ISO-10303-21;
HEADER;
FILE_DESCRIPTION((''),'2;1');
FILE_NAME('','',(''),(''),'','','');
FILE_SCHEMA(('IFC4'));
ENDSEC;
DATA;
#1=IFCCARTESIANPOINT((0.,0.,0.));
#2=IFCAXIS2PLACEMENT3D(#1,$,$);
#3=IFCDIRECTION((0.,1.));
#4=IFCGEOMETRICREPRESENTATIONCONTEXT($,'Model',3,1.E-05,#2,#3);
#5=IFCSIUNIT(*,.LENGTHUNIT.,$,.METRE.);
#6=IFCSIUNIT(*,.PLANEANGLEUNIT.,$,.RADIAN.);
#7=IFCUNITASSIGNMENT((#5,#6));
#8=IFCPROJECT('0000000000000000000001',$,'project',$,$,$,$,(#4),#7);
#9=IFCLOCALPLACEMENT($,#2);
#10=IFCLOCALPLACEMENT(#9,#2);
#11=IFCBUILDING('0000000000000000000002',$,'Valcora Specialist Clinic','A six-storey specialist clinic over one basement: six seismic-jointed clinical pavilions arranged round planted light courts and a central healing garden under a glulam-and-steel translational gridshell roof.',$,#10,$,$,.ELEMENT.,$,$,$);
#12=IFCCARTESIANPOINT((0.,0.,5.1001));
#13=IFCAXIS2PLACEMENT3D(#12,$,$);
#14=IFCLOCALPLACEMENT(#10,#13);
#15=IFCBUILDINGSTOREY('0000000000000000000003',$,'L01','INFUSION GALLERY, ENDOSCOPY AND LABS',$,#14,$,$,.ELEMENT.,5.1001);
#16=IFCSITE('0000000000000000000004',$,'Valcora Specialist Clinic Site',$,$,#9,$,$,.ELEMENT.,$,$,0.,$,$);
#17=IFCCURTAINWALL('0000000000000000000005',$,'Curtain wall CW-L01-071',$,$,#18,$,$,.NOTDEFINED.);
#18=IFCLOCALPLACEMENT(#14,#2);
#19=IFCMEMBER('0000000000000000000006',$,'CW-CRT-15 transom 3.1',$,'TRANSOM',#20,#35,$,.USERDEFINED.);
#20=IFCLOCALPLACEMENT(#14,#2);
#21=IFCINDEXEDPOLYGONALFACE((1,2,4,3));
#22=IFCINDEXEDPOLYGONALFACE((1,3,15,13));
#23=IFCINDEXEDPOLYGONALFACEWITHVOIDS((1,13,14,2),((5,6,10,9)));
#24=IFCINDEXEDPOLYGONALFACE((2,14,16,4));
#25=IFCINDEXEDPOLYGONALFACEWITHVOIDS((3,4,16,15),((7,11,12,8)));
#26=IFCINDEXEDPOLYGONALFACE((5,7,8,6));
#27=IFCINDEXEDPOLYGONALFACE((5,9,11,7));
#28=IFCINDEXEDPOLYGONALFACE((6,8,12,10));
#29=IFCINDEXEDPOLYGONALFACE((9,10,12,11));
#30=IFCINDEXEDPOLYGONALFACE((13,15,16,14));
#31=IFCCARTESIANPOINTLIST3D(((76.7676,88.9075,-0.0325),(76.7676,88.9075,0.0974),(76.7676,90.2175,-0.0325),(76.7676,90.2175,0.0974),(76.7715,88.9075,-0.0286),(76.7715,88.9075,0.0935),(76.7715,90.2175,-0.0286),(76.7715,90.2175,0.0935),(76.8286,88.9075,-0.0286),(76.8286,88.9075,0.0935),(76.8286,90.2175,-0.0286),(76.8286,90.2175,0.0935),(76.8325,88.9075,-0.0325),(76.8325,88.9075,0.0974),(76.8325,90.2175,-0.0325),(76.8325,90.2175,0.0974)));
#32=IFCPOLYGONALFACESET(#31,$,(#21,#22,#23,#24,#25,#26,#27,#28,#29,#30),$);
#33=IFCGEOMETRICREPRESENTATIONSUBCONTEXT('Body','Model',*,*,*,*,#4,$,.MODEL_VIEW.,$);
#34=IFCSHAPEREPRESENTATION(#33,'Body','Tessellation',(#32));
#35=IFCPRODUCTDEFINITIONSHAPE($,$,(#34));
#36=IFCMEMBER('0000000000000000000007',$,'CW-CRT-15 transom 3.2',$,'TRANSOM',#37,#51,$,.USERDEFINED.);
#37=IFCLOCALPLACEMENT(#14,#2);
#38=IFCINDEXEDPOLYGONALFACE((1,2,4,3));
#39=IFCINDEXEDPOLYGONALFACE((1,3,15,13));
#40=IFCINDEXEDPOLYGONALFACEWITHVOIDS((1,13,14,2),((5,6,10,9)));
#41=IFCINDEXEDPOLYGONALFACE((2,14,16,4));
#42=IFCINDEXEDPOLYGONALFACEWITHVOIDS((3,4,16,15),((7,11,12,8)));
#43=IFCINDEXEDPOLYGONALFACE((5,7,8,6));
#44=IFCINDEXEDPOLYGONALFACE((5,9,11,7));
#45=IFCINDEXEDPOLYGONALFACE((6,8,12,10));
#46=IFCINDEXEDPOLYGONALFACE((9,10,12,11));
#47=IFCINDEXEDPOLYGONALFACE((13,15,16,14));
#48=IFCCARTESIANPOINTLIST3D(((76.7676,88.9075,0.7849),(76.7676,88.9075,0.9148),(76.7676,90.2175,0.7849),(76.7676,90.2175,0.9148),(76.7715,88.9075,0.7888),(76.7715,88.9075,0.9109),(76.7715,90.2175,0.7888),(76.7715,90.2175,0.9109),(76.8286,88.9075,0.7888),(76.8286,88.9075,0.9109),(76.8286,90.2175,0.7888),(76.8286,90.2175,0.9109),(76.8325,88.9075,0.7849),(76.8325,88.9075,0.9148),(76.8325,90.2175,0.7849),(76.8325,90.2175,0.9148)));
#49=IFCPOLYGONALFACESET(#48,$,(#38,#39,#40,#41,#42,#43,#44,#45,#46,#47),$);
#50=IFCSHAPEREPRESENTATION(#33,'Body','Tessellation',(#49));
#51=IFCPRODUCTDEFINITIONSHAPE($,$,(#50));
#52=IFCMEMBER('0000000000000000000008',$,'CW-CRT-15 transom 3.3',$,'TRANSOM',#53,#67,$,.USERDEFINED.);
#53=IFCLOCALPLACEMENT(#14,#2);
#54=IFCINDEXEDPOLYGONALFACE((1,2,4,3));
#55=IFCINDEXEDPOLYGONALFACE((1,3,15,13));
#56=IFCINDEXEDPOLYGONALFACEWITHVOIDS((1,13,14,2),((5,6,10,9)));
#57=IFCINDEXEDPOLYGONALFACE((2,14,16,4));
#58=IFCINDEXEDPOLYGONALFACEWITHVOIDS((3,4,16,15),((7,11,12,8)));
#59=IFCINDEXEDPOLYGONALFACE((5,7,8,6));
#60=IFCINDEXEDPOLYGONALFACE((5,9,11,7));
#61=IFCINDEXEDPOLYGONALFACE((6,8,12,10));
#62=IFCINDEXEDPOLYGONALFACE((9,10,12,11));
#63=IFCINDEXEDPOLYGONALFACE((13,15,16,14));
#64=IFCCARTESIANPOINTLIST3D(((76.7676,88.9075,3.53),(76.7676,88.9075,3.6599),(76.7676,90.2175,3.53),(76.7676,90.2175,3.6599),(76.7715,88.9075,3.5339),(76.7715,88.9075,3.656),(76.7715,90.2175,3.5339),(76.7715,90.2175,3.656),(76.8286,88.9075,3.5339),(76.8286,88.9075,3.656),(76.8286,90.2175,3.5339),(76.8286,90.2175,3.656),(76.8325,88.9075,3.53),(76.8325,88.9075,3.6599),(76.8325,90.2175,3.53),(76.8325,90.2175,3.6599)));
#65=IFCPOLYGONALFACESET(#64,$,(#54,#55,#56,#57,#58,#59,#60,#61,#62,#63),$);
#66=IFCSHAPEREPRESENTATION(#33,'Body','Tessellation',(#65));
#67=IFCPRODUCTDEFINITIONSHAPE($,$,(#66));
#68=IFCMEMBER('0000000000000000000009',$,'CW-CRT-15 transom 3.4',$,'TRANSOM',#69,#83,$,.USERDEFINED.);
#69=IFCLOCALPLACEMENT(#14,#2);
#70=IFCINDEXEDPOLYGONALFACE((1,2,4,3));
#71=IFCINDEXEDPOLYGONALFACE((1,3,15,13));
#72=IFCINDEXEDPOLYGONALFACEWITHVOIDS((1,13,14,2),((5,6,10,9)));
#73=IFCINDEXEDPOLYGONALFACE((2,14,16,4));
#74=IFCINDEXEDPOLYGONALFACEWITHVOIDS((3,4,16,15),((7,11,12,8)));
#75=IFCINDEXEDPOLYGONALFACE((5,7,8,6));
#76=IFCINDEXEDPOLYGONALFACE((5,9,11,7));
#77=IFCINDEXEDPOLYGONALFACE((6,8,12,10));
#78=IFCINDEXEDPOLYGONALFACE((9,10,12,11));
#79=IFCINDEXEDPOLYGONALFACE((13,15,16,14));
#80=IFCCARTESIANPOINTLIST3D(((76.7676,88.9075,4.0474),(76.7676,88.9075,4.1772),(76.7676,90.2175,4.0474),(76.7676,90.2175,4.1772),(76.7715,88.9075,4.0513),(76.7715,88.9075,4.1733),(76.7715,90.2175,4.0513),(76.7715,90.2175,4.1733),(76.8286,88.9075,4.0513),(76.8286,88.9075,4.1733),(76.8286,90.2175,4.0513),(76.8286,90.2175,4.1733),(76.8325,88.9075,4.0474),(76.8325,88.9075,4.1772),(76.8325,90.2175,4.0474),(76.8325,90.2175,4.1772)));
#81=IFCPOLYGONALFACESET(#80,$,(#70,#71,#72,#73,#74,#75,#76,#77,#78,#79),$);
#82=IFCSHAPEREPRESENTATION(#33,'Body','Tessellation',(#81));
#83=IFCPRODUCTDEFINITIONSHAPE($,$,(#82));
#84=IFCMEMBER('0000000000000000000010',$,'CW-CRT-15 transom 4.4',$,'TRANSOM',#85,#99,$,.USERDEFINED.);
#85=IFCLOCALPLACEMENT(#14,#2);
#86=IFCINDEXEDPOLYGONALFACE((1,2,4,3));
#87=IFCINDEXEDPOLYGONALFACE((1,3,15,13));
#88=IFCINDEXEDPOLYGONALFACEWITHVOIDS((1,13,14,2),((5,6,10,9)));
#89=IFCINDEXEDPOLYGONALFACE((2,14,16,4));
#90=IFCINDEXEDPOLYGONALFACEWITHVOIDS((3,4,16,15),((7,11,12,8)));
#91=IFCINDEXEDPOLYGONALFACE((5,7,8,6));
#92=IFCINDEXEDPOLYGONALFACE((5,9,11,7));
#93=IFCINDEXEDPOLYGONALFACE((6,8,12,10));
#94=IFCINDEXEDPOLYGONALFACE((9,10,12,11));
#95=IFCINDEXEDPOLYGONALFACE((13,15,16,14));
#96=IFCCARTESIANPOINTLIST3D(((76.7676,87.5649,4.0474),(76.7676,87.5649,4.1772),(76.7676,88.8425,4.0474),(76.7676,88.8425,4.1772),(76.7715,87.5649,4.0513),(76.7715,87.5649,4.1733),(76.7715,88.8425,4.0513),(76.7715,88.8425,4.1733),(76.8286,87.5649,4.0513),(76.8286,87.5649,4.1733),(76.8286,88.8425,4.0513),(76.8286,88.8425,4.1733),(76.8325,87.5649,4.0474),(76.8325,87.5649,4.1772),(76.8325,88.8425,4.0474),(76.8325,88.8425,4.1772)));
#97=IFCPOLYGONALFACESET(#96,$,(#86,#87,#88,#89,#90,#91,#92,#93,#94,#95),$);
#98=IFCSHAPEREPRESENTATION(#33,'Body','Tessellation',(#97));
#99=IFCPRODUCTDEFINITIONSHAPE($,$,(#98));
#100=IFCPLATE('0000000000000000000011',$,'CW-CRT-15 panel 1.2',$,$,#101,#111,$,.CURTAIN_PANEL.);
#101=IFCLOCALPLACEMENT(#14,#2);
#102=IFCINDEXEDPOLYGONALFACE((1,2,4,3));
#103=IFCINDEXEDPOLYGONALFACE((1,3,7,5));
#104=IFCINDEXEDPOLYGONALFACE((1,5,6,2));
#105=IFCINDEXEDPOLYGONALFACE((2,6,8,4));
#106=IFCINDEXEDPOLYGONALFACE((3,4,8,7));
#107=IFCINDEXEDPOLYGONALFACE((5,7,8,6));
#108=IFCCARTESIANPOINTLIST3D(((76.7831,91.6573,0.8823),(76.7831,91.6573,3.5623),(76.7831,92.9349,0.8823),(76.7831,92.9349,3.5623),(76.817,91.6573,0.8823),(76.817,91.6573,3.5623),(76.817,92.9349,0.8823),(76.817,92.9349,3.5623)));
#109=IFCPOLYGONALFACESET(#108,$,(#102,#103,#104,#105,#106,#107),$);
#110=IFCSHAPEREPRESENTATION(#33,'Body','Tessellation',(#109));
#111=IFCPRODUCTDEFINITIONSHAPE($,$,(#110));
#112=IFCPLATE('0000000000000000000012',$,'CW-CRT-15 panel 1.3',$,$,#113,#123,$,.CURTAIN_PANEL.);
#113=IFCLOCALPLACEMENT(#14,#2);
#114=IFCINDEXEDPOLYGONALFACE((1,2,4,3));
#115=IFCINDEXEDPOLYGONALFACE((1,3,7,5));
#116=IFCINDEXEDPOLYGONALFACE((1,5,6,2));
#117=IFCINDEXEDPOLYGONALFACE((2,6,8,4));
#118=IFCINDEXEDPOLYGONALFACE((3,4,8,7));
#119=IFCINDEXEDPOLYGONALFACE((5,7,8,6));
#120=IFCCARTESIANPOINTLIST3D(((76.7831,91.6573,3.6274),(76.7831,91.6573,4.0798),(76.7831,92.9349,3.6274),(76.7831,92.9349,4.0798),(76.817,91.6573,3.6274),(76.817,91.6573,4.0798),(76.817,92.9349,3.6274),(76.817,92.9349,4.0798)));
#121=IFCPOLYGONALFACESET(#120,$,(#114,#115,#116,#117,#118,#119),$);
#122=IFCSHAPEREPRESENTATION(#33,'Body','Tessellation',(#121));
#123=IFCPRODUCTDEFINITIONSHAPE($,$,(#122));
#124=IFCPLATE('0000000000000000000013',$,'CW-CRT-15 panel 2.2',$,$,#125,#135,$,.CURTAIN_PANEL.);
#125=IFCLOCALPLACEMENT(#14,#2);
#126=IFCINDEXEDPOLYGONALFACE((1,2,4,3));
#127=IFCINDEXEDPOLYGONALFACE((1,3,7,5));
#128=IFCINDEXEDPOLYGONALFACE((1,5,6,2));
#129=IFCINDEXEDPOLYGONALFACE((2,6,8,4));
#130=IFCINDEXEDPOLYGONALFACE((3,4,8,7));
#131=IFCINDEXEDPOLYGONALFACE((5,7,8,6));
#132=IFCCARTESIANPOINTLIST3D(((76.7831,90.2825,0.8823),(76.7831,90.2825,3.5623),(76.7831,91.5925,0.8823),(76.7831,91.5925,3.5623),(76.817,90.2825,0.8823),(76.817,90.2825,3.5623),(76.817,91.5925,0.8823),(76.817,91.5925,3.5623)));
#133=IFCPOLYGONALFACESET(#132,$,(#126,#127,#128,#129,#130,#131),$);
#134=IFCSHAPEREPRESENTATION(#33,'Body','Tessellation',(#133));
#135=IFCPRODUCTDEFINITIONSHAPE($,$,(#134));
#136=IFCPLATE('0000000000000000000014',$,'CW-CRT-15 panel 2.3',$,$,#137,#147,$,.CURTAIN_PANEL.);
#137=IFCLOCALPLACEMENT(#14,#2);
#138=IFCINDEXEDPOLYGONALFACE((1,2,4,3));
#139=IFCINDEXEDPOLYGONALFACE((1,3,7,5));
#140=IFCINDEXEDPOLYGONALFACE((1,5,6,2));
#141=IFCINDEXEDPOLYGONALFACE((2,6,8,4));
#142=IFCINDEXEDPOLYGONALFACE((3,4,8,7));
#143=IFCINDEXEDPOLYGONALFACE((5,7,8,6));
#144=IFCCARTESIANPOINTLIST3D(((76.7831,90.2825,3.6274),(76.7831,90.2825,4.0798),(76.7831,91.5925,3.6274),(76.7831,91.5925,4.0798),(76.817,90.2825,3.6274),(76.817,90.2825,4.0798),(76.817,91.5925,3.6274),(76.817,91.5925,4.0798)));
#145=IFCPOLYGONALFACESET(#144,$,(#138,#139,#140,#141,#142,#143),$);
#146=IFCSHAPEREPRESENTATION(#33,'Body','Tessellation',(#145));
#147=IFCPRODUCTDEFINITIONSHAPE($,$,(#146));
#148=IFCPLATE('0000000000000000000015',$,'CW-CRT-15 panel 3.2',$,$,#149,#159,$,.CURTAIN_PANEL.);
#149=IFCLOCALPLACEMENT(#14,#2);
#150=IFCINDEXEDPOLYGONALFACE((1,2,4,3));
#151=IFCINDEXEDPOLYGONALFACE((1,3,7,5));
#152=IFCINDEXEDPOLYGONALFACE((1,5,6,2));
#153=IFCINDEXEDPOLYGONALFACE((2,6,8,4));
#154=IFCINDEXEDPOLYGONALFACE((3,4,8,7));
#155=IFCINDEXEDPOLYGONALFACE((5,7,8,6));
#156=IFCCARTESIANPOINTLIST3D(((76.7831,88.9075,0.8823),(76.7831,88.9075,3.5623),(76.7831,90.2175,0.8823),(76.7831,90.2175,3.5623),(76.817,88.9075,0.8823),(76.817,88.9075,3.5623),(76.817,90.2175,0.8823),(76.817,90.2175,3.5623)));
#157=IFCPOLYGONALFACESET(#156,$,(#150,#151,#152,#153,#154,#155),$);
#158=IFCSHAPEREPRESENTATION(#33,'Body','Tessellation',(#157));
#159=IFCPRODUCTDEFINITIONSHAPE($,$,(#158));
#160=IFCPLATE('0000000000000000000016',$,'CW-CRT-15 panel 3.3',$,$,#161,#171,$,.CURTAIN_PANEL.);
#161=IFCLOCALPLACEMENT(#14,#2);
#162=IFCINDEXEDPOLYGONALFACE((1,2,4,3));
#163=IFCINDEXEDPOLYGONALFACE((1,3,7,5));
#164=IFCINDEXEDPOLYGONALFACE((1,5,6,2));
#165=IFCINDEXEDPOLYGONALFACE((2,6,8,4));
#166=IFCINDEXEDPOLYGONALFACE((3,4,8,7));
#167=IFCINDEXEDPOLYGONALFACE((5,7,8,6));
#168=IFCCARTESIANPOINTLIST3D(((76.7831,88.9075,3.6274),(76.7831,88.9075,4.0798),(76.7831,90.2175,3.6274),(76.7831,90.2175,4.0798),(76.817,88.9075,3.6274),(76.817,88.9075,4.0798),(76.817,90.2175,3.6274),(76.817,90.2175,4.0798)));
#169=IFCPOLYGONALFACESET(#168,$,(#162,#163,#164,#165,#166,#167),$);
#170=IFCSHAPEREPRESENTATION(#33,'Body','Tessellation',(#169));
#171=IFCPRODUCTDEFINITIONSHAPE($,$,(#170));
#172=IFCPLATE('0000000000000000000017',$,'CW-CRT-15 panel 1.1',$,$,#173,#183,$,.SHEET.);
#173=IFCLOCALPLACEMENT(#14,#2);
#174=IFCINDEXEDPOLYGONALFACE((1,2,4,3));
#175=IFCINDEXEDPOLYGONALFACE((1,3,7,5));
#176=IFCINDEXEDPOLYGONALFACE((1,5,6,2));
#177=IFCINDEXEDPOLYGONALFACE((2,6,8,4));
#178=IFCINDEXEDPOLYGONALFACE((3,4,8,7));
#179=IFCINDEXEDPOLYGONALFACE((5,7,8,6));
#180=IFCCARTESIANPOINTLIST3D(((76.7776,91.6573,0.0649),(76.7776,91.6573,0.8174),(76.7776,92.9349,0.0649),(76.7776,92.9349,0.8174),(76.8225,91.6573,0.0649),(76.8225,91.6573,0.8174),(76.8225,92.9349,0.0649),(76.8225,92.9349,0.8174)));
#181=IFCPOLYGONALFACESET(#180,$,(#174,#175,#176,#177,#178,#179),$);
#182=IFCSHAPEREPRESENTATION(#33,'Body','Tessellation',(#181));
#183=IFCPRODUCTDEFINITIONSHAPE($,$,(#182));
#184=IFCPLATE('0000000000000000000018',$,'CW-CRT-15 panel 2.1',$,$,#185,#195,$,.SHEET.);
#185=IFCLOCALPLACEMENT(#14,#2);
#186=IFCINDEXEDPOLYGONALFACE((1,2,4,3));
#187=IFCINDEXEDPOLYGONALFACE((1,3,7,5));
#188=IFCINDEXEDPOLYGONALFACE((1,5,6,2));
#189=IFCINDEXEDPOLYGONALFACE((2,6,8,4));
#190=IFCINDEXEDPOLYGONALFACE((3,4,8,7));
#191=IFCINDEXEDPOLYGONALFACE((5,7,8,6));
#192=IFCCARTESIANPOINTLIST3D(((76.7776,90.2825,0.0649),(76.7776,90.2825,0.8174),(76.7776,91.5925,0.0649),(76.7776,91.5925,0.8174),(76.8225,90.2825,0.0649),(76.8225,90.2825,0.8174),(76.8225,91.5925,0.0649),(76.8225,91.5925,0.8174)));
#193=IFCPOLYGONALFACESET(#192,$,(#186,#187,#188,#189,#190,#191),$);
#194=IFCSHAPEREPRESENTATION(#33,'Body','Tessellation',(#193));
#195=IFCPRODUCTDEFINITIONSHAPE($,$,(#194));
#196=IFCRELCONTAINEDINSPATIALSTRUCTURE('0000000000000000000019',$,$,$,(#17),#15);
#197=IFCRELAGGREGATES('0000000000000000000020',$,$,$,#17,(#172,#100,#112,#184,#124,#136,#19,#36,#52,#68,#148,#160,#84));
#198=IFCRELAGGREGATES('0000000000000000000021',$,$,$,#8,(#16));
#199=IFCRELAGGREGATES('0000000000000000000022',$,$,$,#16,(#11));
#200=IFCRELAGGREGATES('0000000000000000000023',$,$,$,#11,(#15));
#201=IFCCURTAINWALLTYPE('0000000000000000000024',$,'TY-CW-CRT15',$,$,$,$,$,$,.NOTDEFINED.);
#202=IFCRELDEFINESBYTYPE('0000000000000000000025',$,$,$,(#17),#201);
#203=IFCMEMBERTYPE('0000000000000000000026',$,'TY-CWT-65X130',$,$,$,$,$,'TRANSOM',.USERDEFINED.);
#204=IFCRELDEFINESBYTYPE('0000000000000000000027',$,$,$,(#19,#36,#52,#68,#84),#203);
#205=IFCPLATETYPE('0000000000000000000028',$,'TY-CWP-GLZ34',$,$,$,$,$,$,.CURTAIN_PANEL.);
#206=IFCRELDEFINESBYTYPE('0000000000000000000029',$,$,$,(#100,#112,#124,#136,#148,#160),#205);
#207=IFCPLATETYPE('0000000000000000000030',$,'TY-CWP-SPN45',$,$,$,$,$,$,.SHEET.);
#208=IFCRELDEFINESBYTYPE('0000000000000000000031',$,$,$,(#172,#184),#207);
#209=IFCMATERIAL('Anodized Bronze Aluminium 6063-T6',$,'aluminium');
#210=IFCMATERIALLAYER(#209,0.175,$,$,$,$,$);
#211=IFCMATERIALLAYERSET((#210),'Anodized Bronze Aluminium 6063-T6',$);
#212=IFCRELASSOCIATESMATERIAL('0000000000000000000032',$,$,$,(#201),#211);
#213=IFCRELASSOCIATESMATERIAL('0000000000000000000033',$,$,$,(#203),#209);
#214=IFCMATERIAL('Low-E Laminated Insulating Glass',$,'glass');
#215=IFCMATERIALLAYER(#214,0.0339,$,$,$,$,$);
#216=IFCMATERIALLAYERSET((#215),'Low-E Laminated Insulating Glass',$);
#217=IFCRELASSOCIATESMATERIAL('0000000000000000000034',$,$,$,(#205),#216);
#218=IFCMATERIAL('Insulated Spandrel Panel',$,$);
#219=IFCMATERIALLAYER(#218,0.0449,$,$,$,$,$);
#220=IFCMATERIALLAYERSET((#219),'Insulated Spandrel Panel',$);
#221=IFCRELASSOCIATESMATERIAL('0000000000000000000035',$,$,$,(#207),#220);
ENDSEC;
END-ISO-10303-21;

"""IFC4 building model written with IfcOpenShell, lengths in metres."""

from ifc_helpers import new_model, si_unit, direction, frame, origin, origin_2d, place, context, subcontext, project, spatial, rectangle, hollow_rectangle, extrude, material, layer, layer_set, material_profile, profile_set, type_object, element, aggregate, save


model = new_model("IFC4")

# Units and contexts
model_context = context("Model", 3, precision=1e-05, world=origin(), true_north=direction((0.0, 1.0)))
body_context = subcontext(model_context, "Body", "Model", "MODEL_VIEW")
ifc_project = project(units=[si_unit("LENGTHUNIT", "METRE"), si_unit("PLANEANGLEUNIT", "RADIAN")], contexts=[model_context])

# Site, building, storey
site_placement = place(None, origin())
site = spatial("IfcSite", under=ifc_project, at=site_placement, Name="Valcora Specialist Clinic Site", CompositionType="ELEMENT", RefElevation=0.0)
building_placement = place(site_placement, origin())
building = spatial("IfcBuilding", under=site, at=building_placement, Name="Valcora Specialist Clinic", Description="A six-storey specialist clinic over one basement: six seismic-jointed clinical pavilions arranged round planted light courts and a central healing garden under a glulam-and-steel translational gridshell roof.", CompositionType="ELEMENT")
storey_placement = place(building_placement, frame((0.0, 0.0, 5.1001)))
storey = spatial("IfcBuildingStorey", under=building, at=storey_placement, Name="L01", Description="INFUSION GALLERY, ENDOSCOPY AND LABS", CompositionType="ELEMENT", Elevation=5.1001)

# Curtain wall, members, plates
ifc_material_1 = material(Name="Anodized Bronze Aluminium 6063-T6", Category="aluminium")
ifc_layer_1 = layer(ifc_material_1, 0.175)
ifc_layer_set_1 = layer_set([ifc_layer_1], Name="Anodized Bronze Aluminium 6063-T6")
curtain_wall_type = type_object("IfcCurtainWallType", Name="TY-CW-CRT15", PredefinedType="NOTDEFINED", material=ifc_layer_set_1)
curtain_wall_placement = place(storey_placement, origin())
curtain_wall = element("IfcCurtainWall", 1, at=curtain_wall_placement, inside=storey, type_object=curtain_wall_type, Name="Curtain wall CW-L01-071", PredefinedType="NOTDEFINED")
ifc_material_profile_1 = material_profile(ifc_material_1, hollow_rectangle(XDim=0.0649, YDim=0.1299, WallThickness=0.0039, at=origin_2d()), Name="AL-TRN-65X130")
ifc_profile_set_1 = profile_set([ifc_material_profile_1], Name="Anodized Bronze Aluminium 6063-T6")
member_type_1 = type_object("IfcMemberType", Name="TY-CWT-65X130", ElementType="TRANSOM", PredefinedType="USERDEFINED", material=ifc_profile_set_1)
member_1_placement = place(storey_placement, frame((76.8, 90.2175, 0.0325), z_axis=(0.0, -1.0, 0.0), x_axis=(1.0, 0.0, 0.0)))
member_1 = element("IfcMember", 2, at=member_1_placement, type_object=member_type_1, Name="CW-CRT-15 transom 3.1", ObjectType="TRANSOM", PredefinedType="USERDEFINED", context=body_context, shape_type="SweptSolid", body=[
    extrude(hollow_rectangle(XDim=0.0649, YDim=0.1299, WallThickness=0.0039, at=origin_2d()), origin(), (0.0, 0.0, 1.0), 1.3101),
])
member_2_placement = place(storey_placement, frame((76.8, 90.2175, 0.8499), z_axis=(0.0, -1.0, 0.0), x_axis=(1.0, 0.0, 0.0)))
member_2 = element("IfcMember", 3, at=member_2_placement, type_object=member_type_1, Name="CW-CRT-15 transom 3.2", ObjectType="TRANSOM", PredefinedType="USERDEFINED", context=body_context, shape_type="SweptSolid", body=[
    extrude(hollow_rectangle(XDim=0.0649, YDim=0.1299, WallThickness=0.0039, at=origin_2d()), origin(), (0.0, 0.0, 1.0), 1.3101),
])
member_3_placement = place(storey_placement, frame((76.8, 90.2175, 3.595), z_axis=(0.0, -1.0, 0.0), x_axis=(1.0, 0.0, 0.0)))
member_3 = element("IfcMember", 4, at=member_3_placement, type_object=member_type_1, Name="CW-CRT-15 transom 3.3", ObjectType="TRANSOM", PredefinedType="USERDEFINED", context=body_context, shape_type="SweptSolid", body=[
    extrude(hollow_rectangle(XDim=0.0649, YDim=0.1299, WallThickness=0.0039, at=origin_2d()), origin(), (0.0, 0.0, 1.0), 1.3101),
])
member_4_placement = place(storey_placement, frame((76.8, 90.2175, 4.1123), z_axis=(0.0, -1.0, 0.0), x_axis=(1.0, 0.0, 0.0)))
member_4 = element("IfcMember", 5, at=member_4_placement, type_object=member_type_1, Name="CW-CRT-15 transom 3.4", ObjectType="TRANSOM", PredefinedType="USERDEFINED", context=body_context, shape_type="SweptSolid", body=[
    extrude(hollow_rectangle(XDim=0.0649, YDim=0.1299, WallThickness=0.0039, at=origin_2d()), origin(), (0.0, 0.0, 1.0), 1.3101),
])
member_5_placement = place(storey_placement, frame((76.8, 88.8425, 4.1123), z_axis=(0.0, -1.0, 0.0), x_axis=(1.0, 0.0, 0.0)))
member_5 = element("IfcMember", 6, at=member_5_placement, type_object=member_type_1, Name="CW-CRT-15 transom 4.4", ObjectType="TRANSOM", PredefinedType="USERDEFINED", context=body_context, shape_type="SweptSolid", body=[
    extrude(hollow_rectangle(XDim=0.0649, YDim=0.1299, WallThickness=0.0039, at=origin_2d()), origin(), (0.0, 0.0, 1.0), 1.2776),
])
ifc_material_2 = material(Name="Low-E Laminated Insulating Glass", Category="glass")
ifc_layer_2 = layer(ifc_material_2, 0.0339)
ifc_layer_set_2 = layer_set([ifc_layer_2], Name="Low-E Laminated Insulating Glass")
plate_type_1 = type_object("IfcPlateType", Name="TY-CWP-GLZ34", PredefinedType="CURTAIN_PANEL", material=ifc_layer_set_2)
plate_1_placement = place(storey_placement, frame((76.8, 92.2961, 0.8823), z_axis=(0.0, 0.0, 1.0), x_axis=(0.0, -1.0, 0.0)))
plate_1 = element("IfcPlate", 7, at=plate_1_placement, type_object=plate_type_1, Name="CW-CRT-15 panel 1.2", PredefinedType="CURTAIN_PANEL", context=body_context, shape_type="SweptSolid", body=[
    extrude(rectangle(XDim=1.2776, YDim=0.0339, at=origin_2d()), origin(), (0.0, 0.0, 1.0), 2.6799),
])
plate_2_placement = place(storey_placement, frame((76.8, 92.2961, 3.6274), z_axis=(0.0, 0.0, 1.0), x_axis=(0.0, -1.0, 0.0)))
plate_2 = element("IfcPlate", 8, at=plate_2_placement, type_object=plate_type_1, Name="CW-CRT-15 panel 1.3", PredefinedType="CURTAIN_PANEL", context=body_context, shape_type="SweptSolid", body=[
    extrude(rectangle(XDim=1.2776, YDim=0.0339, at=origin_2d()), origin(), (0.0, 0.0, 1.0), 0.4524),
])
plate_3_placement = place(storey_placement, frame((76.8, 90.9375, 0.8823), z_axis=(0.0, 0.0, 1.0), x_axis=(0.0, -1.0, 0.0)))
plate_3 = element("IfcPlate", 9, at=plate_3_placement, type_object=plate_type_1, Name="CW-CRT-15 panel 2.2", PredefinedType="CURTAIN_PANEL", context=body_context, shape_type="SweptSolid", body=[
    extrude(rectangle(XDim=1.3101, YDim=0.0339, at=origin_2d()), origin(), (0.0, 0.0, 1.0), 2.6799),
])
plate_4_placement = place(storey_placement, frame((76.8, 90.9375, 3.6274), z_axis=(0.0, 0.0, 1.0), x_axis=(0.0, -1.0, 0.0)))
plate_4 = element("IfcPlate", 10, at=plate_4_placement, type_object=plate_type_1, Name="CW-CRT-15 panel 2.3", PredefinedType="CURTAIN_PANEL", context=body_context, shape_type="SweptSolid", body=[
    extrude(rectangle(XDim=1.3101, YDim=0.0339, at=origin_2d()), origin(), (0.0, 0.0, 1.0), 0.4524),
])
plate_5_placement = place(storey_placement, frame((76.8, 89.5625, 0.8823), z_axis=(0.0, 0.0, 1.0), x_axis=(0.0, -1.0, 0.0)))
plate_5 = element("IfcPlate", 11, at=plate_5_placement, type_object=plate_type_1, Name="CW-CRT-15 panel 3.2", PredefinedType="CURTAIN_PANEL", context=body_context, shape_type="SweptSolid", body=[
    extrude(rectangle(XDim=1.3101, YDim=0.0339, at=origin_2d()), origin(), (0.0, 0.0, 1.0), 2.6799),
])
plate_6_placement = place(storey_placement, frame((76.8, 89.5625, 3.6274), z_axis=(0.0, 0.0, 1.0), x_axis=(0.0, -1.0, 0.0)))
plate_6 = element("IfcPlate", 12, at=plate_6_placement, type_object=plate_type_1, Name="CW-CRT-15 panel 3.3", PredefinedType="CURTAIN_PANEL", context=body_context, shape_type="SweptSolid", body=[
    extrude(rectangle(XDim=1.3101, YDim=0.0339, at=origin_2d()), origin(), (0.0, 0.0, 1.0), 0.4524),
])
ifc_material_3 = material(Name="Insulated Spandrel Panel")
ifc_layer_3 = layer(ifc_material_3, 0.0449)
ifc_layer_set_3 = layer_set([ifc_layer_3], Name="Insulated Spandrel Panel")
plate_type_2 = type_object("IfcPlateType", Name="TY-CWP-SPN45", PredefinedType="SHEET", material=ifc_layer_set_3)
plate_7_placement = place(storey_placement, frame((76.8, 92.2961, 0.0649), z_axis=(0.0, 0.0, 1.0), x_axis=(0.0, -1.0, 0.0)))
plate_7 = element("IfcPlate", 13, at=plate_7_placement, type_object=plate_type_2, Name="CW-CRT-15 panel 1.1", PredefinedType="SHEET", context=body_context, shape_type="SweptSolid", body=[
    extrude(rectangle(XDim=1.2776, YDim=0.0449, at=origin_2d()), origin(), (0.0, 0.0, 1.0), 0.7524),
])
plate_8_placement = place(storey_placement, frame((76.8, 90.9375, 0.0649), z_axis=(0.0, 0.0, 1.0), x_axis=(0.0, -1.0, 0.0)))
plate_8 = element("IfcPlate", 14, at=plate_8_placement, type_object=plate_type_2, Name="CW-CRT-15 panel 2.1", PredefinedType="SHEET", context=body_context, shape_type="SweptSolid", body=[
    extrude(rectangle(XDim=1.3101, YDim=0.0449, at=origin_2d()), origin(), (0.0, 0.0, 1.0), 0.7524),
])
aggregate(curtain_wall, [plate_7, plate_1, plate_2, plate_8, plate_3, plate_4, member_1, member_2, member_3, member_4, plate_5, plate_6, member_5])

save(model, "model.ifc")
